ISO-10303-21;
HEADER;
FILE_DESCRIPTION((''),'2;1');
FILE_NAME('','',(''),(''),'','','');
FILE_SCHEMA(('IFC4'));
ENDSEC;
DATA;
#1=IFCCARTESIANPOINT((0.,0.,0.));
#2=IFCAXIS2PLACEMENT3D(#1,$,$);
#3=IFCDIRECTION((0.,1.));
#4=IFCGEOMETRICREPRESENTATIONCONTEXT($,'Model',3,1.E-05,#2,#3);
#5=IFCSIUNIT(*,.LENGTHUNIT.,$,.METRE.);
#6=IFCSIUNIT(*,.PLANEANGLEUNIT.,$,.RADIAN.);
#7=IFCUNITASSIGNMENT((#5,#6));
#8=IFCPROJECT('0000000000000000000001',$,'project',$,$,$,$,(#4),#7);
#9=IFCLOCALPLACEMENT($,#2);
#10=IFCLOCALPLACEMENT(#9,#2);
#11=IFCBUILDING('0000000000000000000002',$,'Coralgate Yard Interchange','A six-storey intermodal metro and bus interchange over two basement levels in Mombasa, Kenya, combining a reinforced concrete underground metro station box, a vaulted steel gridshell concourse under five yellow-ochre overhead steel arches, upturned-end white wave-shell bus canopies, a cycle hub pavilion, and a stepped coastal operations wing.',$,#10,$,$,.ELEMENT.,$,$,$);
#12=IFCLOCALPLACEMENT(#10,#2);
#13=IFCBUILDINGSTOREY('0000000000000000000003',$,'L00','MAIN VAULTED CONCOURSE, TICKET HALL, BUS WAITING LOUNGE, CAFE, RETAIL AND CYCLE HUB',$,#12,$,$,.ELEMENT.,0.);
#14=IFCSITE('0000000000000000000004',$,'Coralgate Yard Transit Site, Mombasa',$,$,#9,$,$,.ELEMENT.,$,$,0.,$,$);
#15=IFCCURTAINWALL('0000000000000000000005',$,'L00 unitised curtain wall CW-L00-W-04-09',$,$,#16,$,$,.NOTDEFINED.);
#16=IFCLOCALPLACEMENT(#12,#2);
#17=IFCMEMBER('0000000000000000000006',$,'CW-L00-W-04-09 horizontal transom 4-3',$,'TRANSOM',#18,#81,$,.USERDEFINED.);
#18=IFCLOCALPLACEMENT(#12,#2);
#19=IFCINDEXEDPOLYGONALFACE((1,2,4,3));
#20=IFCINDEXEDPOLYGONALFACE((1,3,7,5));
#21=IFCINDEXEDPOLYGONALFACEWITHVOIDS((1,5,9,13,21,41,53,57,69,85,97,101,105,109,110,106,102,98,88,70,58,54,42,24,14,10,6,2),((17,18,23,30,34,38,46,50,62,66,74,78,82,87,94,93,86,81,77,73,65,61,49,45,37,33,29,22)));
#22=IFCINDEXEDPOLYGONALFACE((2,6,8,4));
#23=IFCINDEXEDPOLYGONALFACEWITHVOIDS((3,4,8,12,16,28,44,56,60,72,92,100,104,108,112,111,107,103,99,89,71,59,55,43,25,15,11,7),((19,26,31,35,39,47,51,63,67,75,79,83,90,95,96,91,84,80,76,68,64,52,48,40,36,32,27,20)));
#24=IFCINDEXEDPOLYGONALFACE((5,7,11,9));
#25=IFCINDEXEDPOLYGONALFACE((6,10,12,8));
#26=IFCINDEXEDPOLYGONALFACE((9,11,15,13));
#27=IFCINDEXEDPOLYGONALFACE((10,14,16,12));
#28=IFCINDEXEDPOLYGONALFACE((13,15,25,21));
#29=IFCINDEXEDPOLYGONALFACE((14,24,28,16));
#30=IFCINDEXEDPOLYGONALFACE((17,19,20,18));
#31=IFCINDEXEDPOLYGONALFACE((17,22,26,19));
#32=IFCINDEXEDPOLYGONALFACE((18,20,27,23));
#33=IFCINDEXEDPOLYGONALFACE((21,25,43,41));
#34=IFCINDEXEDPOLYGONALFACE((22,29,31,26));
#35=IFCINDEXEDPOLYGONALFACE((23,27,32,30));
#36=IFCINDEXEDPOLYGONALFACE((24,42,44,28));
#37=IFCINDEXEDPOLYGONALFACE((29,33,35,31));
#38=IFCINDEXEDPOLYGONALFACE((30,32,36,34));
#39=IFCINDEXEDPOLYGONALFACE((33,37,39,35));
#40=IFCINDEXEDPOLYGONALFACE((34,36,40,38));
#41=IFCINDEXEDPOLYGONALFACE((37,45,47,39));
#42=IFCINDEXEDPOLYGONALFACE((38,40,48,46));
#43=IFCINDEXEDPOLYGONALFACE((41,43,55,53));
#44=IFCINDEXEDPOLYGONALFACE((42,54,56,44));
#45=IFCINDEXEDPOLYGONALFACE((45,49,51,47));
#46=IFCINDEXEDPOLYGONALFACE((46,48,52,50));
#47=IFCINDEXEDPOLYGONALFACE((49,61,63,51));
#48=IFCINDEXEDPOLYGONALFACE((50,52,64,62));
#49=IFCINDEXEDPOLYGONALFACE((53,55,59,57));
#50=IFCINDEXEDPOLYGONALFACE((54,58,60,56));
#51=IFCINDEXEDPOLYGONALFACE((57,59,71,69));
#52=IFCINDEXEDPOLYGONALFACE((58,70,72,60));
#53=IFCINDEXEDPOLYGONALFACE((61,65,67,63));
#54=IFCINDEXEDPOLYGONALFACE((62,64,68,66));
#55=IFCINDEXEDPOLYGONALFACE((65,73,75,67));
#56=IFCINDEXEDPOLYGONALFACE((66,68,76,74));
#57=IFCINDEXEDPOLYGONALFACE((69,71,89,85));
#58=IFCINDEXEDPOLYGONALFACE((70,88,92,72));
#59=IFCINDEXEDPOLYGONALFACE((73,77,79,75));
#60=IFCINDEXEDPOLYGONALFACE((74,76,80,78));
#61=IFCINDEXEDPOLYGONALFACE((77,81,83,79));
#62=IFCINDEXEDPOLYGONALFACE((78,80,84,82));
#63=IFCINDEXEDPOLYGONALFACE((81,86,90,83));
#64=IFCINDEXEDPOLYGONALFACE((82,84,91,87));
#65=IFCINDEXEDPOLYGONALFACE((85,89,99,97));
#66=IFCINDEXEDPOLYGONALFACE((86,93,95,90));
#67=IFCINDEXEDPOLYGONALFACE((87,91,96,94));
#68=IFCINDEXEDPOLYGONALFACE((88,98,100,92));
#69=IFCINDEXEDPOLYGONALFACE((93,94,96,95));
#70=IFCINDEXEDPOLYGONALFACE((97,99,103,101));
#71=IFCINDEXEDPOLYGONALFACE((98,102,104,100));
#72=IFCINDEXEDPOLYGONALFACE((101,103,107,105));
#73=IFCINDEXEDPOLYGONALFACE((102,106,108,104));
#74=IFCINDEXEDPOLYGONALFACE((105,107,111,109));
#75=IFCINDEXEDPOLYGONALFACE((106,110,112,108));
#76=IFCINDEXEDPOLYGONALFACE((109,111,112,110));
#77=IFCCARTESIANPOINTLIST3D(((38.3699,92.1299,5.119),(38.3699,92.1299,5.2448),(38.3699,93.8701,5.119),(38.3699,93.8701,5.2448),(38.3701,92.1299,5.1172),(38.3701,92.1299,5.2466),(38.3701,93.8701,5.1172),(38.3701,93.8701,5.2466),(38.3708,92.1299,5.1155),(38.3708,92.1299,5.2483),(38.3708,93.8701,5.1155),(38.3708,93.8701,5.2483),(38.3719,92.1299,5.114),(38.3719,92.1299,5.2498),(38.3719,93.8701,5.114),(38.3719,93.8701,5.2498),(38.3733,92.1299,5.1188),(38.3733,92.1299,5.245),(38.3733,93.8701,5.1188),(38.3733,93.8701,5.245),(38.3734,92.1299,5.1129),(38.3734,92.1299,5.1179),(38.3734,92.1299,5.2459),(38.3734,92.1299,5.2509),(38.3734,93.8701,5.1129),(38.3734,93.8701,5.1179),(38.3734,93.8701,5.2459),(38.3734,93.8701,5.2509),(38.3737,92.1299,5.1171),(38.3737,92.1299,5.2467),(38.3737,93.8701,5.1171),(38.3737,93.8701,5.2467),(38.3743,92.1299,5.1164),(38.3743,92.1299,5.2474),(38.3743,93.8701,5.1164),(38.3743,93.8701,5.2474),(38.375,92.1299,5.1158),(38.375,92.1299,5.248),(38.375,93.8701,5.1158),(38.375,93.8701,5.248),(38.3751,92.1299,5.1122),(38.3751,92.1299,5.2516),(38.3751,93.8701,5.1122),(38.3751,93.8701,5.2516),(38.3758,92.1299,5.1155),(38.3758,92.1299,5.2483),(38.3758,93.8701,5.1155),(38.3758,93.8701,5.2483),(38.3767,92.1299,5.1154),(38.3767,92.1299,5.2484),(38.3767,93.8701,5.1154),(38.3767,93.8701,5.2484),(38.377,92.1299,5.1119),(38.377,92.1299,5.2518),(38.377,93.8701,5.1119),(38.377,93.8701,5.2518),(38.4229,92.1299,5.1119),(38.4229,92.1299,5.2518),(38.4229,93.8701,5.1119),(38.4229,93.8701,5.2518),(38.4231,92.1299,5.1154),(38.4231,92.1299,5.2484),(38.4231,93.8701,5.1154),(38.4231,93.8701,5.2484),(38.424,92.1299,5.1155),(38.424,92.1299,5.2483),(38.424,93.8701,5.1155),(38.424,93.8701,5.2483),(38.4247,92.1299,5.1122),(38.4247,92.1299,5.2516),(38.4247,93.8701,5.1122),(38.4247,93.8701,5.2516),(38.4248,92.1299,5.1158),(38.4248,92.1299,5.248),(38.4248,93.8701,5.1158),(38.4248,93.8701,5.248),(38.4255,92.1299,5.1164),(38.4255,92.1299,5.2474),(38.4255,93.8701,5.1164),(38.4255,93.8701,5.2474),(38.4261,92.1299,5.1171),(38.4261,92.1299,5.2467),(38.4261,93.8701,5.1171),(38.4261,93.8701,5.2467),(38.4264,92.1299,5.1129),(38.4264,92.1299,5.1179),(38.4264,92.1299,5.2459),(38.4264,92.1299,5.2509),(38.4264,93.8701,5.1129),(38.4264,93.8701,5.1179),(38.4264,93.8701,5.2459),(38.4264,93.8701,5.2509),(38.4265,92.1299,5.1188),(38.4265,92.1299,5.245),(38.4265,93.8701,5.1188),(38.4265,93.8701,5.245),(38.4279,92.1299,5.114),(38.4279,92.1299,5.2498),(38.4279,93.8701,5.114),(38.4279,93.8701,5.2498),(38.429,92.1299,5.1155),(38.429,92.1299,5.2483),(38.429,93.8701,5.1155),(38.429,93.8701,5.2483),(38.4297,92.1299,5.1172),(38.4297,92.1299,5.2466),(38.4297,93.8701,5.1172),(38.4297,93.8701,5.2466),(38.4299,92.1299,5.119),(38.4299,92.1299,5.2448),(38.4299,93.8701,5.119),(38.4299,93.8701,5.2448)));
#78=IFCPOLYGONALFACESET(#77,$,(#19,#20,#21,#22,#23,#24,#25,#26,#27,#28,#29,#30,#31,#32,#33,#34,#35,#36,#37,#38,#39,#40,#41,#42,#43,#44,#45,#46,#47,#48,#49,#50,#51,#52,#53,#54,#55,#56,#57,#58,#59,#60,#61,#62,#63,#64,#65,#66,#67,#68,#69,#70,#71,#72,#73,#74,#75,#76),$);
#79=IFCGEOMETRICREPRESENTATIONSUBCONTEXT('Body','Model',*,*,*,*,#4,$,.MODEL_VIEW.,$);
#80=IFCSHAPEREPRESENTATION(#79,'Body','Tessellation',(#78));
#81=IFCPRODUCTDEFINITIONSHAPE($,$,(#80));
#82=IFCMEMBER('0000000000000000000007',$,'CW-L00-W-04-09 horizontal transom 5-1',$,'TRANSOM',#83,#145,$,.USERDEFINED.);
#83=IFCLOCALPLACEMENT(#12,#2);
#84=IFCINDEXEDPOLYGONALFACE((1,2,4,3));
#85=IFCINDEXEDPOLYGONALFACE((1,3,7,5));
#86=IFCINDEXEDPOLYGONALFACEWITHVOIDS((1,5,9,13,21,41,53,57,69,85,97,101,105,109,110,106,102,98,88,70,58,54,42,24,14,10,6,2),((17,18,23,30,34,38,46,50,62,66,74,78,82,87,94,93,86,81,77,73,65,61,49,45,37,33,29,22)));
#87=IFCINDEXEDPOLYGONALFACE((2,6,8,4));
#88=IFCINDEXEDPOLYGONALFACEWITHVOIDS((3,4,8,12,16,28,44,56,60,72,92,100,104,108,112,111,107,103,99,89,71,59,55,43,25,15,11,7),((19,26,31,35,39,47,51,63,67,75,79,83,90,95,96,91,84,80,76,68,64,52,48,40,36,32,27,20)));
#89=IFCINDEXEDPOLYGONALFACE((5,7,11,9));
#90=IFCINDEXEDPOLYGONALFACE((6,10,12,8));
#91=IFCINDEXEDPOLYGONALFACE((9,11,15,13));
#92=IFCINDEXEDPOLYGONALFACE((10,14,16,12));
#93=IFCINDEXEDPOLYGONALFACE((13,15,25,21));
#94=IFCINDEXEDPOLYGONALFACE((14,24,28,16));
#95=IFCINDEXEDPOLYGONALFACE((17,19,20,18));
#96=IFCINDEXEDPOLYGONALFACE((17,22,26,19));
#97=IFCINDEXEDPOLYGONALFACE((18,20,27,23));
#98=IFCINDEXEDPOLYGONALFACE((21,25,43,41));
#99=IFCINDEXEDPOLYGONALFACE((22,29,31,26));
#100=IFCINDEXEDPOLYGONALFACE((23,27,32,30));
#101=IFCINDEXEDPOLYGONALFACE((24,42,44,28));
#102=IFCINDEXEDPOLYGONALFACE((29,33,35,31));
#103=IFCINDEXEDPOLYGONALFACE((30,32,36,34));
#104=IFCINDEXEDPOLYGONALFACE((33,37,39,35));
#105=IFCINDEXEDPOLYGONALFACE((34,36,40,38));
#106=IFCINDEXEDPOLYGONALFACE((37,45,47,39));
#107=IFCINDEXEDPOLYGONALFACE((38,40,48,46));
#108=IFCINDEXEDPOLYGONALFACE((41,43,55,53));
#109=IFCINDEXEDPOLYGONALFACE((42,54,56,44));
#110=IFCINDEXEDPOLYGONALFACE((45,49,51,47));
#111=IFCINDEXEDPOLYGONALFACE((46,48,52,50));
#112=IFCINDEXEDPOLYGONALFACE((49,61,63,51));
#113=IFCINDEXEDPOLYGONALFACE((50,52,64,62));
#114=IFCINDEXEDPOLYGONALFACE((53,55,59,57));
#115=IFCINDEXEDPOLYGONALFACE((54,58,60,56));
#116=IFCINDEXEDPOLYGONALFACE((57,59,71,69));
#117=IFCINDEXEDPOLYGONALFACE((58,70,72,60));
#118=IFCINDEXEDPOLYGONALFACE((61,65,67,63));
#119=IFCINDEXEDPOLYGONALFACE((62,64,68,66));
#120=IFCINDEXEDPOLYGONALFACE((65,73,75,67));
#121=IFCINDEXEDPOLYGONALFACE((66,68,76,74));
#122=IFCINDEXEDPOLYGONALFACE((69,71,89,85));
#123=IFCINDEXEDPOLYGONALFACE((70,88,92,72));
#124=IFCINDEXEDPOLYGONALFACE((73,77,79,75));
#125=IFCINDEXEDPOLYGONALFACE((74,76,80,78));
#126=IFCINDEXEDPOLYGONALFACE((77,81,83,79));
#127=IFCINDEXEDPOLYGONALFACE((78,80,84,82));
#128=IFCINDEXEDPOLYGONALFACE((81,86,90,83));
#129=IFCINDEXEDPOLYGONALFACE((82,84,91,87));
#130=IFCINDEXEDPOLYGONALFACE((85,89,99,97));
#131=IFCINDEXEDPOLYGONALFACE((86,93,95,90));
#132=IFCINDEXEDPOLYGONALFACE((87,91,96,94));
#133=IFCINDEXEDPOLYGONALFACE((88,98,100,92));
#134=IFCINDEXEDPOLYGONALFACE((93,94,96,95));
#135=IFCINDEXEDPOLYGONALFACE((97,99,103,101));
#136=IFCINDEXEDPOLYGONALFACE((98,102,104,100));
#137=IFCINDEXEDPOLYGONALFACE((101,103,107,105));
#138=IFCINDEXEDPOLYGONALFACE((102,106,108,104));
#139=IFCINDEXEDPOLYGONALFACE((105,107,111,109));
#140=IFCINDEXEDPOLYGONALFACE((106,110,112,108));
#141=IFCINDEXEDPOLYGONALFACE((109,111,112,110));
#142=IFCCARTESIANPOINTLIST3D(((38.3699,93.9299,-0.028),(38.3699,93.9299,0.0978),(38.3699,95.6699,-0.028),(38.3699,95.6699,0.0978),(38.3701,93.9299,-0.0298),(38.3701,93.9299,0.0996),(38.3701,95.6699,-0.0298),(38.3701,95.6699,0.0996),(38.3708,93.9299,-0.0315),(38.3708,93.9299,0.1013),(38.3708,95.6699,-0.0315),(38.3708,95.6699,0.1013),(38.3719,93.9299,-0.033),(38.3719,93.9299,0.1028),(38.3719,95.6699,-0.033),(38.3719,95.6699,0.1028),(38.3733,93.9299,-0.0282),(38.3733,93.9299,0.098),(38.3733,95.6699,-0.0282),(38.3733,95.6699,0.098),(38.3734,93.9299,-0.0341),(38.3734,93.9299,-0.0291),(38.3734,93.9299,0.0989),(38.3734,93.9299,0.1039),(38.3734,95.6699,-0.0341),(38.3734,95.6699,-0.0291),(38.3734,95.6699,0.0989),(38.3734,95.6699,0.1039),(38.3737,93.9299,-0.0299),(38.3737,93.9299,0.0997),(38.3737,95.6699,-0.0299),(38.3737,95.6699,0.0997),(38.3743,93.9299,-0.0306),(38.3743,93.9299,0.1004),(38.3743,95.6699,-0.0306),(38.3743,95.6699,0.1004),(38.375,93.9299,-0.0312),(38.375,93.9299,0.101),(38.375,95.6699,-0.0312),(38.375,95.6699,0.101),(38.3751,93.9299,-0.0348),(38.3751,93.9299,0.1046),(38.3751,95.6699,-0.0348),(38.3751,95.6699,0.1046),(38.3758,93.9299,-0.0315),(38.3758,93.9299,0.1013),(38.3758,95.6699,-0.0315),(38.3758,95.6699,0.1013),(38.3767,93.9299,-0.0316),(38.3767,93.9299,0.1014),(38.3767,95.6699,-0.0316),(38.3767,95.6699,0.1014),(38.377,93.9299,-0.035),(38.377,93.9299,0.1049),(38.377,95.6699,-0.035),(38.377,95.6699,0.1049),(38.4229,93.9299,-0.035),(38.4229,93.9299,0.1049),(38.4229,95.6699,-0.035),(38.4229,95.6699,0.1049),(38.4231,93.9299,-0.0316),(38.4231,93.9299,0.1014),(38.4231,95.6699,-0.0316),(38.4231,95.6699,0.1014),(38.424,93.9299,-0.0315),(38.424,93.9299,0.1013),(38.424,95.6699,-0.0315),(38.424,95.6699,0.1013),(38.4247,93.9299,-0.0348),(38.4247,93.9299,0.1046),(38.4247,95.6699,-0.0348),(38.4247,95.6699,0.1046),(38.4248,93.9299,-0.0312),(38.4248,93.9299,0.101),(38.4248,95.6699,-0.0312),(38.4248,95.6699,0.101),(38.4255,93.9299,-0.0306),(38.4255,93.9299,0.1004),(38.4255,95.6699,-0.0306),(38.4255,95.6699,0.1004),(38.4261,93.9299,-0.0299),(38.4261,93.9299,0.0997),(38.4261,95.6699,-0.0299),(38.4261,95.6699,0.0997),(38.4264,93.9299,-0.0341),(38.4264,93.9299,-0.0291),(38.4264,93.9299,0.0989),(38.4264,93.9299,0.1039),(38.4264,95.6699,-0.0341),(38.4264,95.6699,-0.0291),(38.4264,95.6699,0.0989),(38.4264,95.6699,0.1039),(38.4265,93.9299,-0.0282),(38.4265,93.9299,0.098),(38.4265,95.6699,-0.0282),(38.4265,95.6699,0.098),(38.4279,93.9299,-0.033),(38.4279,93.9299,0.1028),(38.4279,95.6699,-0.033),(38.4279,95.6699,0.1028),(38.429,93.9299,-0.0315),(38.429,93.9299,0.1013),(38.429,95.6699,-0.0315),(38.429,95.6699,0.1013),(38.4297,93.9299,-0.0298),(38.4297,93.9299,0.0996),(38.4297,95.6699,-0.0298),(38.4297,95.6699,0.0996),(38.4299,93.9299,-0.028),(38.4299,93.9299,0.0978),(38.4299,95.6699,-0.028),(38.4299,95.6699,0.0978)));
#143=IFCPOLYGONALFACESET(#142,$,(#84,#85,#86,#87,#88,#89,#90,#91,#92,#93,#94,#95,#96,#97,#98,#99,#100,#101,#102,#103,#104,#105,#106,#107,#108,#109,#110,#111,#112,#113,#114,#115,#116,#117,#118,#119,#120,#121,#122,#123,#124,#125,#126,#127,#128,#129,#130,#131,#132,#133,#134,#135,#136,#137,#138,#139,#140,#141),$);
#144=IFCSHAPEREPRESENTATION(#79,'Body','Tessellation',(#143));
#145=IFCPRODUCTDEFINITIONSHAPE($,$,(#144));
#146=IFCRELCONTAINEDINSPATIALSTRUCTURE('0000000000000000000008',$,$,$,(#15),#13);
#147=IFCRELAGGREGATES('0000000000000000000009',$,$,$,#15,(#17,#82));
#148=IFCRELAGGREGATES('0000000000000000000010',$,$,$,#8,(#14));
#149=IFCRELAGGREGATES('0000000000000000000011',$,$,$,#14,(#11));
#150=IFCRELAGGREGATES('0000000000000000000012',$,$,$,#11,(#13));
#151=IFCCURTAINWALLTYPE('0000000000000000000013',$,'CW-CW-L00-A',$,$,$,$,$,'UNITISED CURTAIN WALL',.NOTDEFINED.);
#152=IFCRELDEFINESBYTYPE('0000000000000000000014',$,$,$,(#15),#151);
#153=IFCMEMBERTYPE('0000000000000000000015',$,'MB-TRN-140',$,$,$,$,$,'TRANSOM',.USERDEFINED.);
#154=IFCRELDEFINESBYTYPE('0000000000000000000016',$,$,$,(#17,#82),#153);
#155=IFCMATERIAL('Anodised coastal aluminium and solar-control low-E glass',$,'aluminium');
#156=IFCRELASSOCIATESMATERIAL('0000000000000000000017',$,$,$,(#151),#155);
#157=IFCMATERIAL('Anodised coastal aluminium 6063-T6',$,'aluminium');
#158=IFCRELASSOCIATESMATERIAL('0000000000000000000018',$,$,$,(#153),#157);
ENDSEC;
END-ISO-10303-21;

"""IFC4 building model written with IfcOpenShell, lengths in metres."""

from ifc_helpers import new_model, si_unit, direction, frame, origin, origin_2d, place, context, subcontext, project, spatial, hollow_rectangle, extrude, material, material_profile, profile_set, type_object, element, aggregate, save


model = new_model("IFC4")

# Units and contexts
model_context = context("Model", 3, precision=1e-05, world=origin(), true_north=direction((0.0, 1.0)))
body_context = subcontext(model_context, "Body", "Model", "MODEL_VIEW")
ifc_project = project(units=[si_unit("LENGTHUNIT", "METRE"), si_unit("PLANEANGLEUNIT", "RADIAN")], contexts=[model_context])

# Site, building, storey
site_placement = place(None, origin())
site = spatial("IfcSite", under=ifc_project, at=site_placement, Name="Coralgate Yard Transit Site, Mombasa", CompositionType="ELEMENT", RefElevation=0.0)
building_placement = place(site_placement, origin())
building = spatial("IfcBuilding", under=site, at=building_placement, Name="Coralgate Yard Interchange", Description="A six-storey intermodal metro and bus interchange over two basement levels in Mombasa, Kenya, combining a reinforced concrete underground metro station box, a vaulted steel gridshell concourse under five yellow-ochre overhead steel arches, upturned-end white wave-shell bus canopies, a cycle hub pavilion, and a stepped coastal operations wing.", CompositionType="ELEMENT")
storey_placement = place(building_placement, origin())
storey = spatial("IfcBuildingStorey", under=building, at=storey_placement, Name="L00", Description="MAIN VAULTED CONCOURSE, TICKET HALL, BUS WAITING LOUNGE, CAFE, RETAIL AND CYCLE HUB", CompositionType="ELEMENT", Elevation=0.0)

# Curtain wall, members
ifc_material_1 = material(Name="Anodised coastal aluminium and solar-control low-E glass", Category="aluminium")
curtain_wall_type = type_object("IfcCurtainWallType", Name="CW-CW-L00-A", ElementType="UNITISED CURTAIN WALL", PredefinedType="NOTDEFINED", material=ifc_material_1)
curtain_wall_placement = place(storey_placement, origin())
curtain_wall = element("IfcCurtainWall", 1, at=curtain_wall_placement, inside=storey, type_object=curtain_wall_type, Name="L00 unitised curtain wall CW-L00-W-04-09", PredefinedType="NOTDEFINED")
ifc_material_2 = material(Name="Anodised coastal aluminium 6063-T6", Category="aluminium")
ifc_material_profile_1 = material_profile(ifc_material_2, hollow_rectangle(XDim=0.0601, YDim=0.1399, WallThickness=0.0034, InnerFilletRadius=0.0034, OuterFilletRadius=0.0071, at=origin_2d()), Name="ALU 60x140x3.5")
ifc_profile_set_1 = profile_set([ifc_material_profile_1], Name="Anodised coastal aluminium 6063-T6")
member_type_1 = type_object("IfcMemberType", Name="MB-TRN-140", ElementType="TRANSOM", PredefinedType="USERDEFINED", material=ifc_profile_set_1)
member_1_placement = place(storey_placement, frame((38.3999, 92.1299, 5.1819), z_axis=(0.0, 1.0, 0.0), x_axis=(-1.0, 0.0, 0.0)))
member_1 = element("IfcMember", 2, at=member_1_placement, type_object=member_type_1, Name="CW-L00-W-04-09 horizontal transom 4-3", ObjectType="TRANSOM", PredefinedType="USERDEFINED", context=body_context, shape_type="SweptSolid", body=[
    extrude(hollow_rectangle(XDim=0.0601, YDim=0.1399, WallThickness=0.0034, InnerFilletRadius=0.0034, OuterFilletRadius=0.0071, at=origin_2d()), origin(), (0.0, 0.0, 1.0), 1.7402),
])
member_2_placement = place(storey_placement, frame((38.3999, 93.9299, 0.0349), z_axis=(0.0, 1.0, 0.0), x_axis=(-1.0, 0.0, 0.0)))
member_2 = element("IfcMember", 3, at=member_2_placement, type_object=member_type_1, Name="CW-L00-W-04-09 horizontal transom 5-1", ObjectType="TRANSOM", PredefinedType="USERDEFINED", context=body_context, shape_type="SweptSolid", body=[
    extrude(hollow_rectangle(XDim=0.0601, YDim=0.1399, WallThickness=0.0034, InnerFilletRadius=0.0034, OuterFilletRadius=0.0071, at=origin_2d()), origin(), (0.0, 0.0, 1.0), 1.74),
])
aggregate(curtain_wall, [member_1, member_2])

save(model, "model.ifc")
